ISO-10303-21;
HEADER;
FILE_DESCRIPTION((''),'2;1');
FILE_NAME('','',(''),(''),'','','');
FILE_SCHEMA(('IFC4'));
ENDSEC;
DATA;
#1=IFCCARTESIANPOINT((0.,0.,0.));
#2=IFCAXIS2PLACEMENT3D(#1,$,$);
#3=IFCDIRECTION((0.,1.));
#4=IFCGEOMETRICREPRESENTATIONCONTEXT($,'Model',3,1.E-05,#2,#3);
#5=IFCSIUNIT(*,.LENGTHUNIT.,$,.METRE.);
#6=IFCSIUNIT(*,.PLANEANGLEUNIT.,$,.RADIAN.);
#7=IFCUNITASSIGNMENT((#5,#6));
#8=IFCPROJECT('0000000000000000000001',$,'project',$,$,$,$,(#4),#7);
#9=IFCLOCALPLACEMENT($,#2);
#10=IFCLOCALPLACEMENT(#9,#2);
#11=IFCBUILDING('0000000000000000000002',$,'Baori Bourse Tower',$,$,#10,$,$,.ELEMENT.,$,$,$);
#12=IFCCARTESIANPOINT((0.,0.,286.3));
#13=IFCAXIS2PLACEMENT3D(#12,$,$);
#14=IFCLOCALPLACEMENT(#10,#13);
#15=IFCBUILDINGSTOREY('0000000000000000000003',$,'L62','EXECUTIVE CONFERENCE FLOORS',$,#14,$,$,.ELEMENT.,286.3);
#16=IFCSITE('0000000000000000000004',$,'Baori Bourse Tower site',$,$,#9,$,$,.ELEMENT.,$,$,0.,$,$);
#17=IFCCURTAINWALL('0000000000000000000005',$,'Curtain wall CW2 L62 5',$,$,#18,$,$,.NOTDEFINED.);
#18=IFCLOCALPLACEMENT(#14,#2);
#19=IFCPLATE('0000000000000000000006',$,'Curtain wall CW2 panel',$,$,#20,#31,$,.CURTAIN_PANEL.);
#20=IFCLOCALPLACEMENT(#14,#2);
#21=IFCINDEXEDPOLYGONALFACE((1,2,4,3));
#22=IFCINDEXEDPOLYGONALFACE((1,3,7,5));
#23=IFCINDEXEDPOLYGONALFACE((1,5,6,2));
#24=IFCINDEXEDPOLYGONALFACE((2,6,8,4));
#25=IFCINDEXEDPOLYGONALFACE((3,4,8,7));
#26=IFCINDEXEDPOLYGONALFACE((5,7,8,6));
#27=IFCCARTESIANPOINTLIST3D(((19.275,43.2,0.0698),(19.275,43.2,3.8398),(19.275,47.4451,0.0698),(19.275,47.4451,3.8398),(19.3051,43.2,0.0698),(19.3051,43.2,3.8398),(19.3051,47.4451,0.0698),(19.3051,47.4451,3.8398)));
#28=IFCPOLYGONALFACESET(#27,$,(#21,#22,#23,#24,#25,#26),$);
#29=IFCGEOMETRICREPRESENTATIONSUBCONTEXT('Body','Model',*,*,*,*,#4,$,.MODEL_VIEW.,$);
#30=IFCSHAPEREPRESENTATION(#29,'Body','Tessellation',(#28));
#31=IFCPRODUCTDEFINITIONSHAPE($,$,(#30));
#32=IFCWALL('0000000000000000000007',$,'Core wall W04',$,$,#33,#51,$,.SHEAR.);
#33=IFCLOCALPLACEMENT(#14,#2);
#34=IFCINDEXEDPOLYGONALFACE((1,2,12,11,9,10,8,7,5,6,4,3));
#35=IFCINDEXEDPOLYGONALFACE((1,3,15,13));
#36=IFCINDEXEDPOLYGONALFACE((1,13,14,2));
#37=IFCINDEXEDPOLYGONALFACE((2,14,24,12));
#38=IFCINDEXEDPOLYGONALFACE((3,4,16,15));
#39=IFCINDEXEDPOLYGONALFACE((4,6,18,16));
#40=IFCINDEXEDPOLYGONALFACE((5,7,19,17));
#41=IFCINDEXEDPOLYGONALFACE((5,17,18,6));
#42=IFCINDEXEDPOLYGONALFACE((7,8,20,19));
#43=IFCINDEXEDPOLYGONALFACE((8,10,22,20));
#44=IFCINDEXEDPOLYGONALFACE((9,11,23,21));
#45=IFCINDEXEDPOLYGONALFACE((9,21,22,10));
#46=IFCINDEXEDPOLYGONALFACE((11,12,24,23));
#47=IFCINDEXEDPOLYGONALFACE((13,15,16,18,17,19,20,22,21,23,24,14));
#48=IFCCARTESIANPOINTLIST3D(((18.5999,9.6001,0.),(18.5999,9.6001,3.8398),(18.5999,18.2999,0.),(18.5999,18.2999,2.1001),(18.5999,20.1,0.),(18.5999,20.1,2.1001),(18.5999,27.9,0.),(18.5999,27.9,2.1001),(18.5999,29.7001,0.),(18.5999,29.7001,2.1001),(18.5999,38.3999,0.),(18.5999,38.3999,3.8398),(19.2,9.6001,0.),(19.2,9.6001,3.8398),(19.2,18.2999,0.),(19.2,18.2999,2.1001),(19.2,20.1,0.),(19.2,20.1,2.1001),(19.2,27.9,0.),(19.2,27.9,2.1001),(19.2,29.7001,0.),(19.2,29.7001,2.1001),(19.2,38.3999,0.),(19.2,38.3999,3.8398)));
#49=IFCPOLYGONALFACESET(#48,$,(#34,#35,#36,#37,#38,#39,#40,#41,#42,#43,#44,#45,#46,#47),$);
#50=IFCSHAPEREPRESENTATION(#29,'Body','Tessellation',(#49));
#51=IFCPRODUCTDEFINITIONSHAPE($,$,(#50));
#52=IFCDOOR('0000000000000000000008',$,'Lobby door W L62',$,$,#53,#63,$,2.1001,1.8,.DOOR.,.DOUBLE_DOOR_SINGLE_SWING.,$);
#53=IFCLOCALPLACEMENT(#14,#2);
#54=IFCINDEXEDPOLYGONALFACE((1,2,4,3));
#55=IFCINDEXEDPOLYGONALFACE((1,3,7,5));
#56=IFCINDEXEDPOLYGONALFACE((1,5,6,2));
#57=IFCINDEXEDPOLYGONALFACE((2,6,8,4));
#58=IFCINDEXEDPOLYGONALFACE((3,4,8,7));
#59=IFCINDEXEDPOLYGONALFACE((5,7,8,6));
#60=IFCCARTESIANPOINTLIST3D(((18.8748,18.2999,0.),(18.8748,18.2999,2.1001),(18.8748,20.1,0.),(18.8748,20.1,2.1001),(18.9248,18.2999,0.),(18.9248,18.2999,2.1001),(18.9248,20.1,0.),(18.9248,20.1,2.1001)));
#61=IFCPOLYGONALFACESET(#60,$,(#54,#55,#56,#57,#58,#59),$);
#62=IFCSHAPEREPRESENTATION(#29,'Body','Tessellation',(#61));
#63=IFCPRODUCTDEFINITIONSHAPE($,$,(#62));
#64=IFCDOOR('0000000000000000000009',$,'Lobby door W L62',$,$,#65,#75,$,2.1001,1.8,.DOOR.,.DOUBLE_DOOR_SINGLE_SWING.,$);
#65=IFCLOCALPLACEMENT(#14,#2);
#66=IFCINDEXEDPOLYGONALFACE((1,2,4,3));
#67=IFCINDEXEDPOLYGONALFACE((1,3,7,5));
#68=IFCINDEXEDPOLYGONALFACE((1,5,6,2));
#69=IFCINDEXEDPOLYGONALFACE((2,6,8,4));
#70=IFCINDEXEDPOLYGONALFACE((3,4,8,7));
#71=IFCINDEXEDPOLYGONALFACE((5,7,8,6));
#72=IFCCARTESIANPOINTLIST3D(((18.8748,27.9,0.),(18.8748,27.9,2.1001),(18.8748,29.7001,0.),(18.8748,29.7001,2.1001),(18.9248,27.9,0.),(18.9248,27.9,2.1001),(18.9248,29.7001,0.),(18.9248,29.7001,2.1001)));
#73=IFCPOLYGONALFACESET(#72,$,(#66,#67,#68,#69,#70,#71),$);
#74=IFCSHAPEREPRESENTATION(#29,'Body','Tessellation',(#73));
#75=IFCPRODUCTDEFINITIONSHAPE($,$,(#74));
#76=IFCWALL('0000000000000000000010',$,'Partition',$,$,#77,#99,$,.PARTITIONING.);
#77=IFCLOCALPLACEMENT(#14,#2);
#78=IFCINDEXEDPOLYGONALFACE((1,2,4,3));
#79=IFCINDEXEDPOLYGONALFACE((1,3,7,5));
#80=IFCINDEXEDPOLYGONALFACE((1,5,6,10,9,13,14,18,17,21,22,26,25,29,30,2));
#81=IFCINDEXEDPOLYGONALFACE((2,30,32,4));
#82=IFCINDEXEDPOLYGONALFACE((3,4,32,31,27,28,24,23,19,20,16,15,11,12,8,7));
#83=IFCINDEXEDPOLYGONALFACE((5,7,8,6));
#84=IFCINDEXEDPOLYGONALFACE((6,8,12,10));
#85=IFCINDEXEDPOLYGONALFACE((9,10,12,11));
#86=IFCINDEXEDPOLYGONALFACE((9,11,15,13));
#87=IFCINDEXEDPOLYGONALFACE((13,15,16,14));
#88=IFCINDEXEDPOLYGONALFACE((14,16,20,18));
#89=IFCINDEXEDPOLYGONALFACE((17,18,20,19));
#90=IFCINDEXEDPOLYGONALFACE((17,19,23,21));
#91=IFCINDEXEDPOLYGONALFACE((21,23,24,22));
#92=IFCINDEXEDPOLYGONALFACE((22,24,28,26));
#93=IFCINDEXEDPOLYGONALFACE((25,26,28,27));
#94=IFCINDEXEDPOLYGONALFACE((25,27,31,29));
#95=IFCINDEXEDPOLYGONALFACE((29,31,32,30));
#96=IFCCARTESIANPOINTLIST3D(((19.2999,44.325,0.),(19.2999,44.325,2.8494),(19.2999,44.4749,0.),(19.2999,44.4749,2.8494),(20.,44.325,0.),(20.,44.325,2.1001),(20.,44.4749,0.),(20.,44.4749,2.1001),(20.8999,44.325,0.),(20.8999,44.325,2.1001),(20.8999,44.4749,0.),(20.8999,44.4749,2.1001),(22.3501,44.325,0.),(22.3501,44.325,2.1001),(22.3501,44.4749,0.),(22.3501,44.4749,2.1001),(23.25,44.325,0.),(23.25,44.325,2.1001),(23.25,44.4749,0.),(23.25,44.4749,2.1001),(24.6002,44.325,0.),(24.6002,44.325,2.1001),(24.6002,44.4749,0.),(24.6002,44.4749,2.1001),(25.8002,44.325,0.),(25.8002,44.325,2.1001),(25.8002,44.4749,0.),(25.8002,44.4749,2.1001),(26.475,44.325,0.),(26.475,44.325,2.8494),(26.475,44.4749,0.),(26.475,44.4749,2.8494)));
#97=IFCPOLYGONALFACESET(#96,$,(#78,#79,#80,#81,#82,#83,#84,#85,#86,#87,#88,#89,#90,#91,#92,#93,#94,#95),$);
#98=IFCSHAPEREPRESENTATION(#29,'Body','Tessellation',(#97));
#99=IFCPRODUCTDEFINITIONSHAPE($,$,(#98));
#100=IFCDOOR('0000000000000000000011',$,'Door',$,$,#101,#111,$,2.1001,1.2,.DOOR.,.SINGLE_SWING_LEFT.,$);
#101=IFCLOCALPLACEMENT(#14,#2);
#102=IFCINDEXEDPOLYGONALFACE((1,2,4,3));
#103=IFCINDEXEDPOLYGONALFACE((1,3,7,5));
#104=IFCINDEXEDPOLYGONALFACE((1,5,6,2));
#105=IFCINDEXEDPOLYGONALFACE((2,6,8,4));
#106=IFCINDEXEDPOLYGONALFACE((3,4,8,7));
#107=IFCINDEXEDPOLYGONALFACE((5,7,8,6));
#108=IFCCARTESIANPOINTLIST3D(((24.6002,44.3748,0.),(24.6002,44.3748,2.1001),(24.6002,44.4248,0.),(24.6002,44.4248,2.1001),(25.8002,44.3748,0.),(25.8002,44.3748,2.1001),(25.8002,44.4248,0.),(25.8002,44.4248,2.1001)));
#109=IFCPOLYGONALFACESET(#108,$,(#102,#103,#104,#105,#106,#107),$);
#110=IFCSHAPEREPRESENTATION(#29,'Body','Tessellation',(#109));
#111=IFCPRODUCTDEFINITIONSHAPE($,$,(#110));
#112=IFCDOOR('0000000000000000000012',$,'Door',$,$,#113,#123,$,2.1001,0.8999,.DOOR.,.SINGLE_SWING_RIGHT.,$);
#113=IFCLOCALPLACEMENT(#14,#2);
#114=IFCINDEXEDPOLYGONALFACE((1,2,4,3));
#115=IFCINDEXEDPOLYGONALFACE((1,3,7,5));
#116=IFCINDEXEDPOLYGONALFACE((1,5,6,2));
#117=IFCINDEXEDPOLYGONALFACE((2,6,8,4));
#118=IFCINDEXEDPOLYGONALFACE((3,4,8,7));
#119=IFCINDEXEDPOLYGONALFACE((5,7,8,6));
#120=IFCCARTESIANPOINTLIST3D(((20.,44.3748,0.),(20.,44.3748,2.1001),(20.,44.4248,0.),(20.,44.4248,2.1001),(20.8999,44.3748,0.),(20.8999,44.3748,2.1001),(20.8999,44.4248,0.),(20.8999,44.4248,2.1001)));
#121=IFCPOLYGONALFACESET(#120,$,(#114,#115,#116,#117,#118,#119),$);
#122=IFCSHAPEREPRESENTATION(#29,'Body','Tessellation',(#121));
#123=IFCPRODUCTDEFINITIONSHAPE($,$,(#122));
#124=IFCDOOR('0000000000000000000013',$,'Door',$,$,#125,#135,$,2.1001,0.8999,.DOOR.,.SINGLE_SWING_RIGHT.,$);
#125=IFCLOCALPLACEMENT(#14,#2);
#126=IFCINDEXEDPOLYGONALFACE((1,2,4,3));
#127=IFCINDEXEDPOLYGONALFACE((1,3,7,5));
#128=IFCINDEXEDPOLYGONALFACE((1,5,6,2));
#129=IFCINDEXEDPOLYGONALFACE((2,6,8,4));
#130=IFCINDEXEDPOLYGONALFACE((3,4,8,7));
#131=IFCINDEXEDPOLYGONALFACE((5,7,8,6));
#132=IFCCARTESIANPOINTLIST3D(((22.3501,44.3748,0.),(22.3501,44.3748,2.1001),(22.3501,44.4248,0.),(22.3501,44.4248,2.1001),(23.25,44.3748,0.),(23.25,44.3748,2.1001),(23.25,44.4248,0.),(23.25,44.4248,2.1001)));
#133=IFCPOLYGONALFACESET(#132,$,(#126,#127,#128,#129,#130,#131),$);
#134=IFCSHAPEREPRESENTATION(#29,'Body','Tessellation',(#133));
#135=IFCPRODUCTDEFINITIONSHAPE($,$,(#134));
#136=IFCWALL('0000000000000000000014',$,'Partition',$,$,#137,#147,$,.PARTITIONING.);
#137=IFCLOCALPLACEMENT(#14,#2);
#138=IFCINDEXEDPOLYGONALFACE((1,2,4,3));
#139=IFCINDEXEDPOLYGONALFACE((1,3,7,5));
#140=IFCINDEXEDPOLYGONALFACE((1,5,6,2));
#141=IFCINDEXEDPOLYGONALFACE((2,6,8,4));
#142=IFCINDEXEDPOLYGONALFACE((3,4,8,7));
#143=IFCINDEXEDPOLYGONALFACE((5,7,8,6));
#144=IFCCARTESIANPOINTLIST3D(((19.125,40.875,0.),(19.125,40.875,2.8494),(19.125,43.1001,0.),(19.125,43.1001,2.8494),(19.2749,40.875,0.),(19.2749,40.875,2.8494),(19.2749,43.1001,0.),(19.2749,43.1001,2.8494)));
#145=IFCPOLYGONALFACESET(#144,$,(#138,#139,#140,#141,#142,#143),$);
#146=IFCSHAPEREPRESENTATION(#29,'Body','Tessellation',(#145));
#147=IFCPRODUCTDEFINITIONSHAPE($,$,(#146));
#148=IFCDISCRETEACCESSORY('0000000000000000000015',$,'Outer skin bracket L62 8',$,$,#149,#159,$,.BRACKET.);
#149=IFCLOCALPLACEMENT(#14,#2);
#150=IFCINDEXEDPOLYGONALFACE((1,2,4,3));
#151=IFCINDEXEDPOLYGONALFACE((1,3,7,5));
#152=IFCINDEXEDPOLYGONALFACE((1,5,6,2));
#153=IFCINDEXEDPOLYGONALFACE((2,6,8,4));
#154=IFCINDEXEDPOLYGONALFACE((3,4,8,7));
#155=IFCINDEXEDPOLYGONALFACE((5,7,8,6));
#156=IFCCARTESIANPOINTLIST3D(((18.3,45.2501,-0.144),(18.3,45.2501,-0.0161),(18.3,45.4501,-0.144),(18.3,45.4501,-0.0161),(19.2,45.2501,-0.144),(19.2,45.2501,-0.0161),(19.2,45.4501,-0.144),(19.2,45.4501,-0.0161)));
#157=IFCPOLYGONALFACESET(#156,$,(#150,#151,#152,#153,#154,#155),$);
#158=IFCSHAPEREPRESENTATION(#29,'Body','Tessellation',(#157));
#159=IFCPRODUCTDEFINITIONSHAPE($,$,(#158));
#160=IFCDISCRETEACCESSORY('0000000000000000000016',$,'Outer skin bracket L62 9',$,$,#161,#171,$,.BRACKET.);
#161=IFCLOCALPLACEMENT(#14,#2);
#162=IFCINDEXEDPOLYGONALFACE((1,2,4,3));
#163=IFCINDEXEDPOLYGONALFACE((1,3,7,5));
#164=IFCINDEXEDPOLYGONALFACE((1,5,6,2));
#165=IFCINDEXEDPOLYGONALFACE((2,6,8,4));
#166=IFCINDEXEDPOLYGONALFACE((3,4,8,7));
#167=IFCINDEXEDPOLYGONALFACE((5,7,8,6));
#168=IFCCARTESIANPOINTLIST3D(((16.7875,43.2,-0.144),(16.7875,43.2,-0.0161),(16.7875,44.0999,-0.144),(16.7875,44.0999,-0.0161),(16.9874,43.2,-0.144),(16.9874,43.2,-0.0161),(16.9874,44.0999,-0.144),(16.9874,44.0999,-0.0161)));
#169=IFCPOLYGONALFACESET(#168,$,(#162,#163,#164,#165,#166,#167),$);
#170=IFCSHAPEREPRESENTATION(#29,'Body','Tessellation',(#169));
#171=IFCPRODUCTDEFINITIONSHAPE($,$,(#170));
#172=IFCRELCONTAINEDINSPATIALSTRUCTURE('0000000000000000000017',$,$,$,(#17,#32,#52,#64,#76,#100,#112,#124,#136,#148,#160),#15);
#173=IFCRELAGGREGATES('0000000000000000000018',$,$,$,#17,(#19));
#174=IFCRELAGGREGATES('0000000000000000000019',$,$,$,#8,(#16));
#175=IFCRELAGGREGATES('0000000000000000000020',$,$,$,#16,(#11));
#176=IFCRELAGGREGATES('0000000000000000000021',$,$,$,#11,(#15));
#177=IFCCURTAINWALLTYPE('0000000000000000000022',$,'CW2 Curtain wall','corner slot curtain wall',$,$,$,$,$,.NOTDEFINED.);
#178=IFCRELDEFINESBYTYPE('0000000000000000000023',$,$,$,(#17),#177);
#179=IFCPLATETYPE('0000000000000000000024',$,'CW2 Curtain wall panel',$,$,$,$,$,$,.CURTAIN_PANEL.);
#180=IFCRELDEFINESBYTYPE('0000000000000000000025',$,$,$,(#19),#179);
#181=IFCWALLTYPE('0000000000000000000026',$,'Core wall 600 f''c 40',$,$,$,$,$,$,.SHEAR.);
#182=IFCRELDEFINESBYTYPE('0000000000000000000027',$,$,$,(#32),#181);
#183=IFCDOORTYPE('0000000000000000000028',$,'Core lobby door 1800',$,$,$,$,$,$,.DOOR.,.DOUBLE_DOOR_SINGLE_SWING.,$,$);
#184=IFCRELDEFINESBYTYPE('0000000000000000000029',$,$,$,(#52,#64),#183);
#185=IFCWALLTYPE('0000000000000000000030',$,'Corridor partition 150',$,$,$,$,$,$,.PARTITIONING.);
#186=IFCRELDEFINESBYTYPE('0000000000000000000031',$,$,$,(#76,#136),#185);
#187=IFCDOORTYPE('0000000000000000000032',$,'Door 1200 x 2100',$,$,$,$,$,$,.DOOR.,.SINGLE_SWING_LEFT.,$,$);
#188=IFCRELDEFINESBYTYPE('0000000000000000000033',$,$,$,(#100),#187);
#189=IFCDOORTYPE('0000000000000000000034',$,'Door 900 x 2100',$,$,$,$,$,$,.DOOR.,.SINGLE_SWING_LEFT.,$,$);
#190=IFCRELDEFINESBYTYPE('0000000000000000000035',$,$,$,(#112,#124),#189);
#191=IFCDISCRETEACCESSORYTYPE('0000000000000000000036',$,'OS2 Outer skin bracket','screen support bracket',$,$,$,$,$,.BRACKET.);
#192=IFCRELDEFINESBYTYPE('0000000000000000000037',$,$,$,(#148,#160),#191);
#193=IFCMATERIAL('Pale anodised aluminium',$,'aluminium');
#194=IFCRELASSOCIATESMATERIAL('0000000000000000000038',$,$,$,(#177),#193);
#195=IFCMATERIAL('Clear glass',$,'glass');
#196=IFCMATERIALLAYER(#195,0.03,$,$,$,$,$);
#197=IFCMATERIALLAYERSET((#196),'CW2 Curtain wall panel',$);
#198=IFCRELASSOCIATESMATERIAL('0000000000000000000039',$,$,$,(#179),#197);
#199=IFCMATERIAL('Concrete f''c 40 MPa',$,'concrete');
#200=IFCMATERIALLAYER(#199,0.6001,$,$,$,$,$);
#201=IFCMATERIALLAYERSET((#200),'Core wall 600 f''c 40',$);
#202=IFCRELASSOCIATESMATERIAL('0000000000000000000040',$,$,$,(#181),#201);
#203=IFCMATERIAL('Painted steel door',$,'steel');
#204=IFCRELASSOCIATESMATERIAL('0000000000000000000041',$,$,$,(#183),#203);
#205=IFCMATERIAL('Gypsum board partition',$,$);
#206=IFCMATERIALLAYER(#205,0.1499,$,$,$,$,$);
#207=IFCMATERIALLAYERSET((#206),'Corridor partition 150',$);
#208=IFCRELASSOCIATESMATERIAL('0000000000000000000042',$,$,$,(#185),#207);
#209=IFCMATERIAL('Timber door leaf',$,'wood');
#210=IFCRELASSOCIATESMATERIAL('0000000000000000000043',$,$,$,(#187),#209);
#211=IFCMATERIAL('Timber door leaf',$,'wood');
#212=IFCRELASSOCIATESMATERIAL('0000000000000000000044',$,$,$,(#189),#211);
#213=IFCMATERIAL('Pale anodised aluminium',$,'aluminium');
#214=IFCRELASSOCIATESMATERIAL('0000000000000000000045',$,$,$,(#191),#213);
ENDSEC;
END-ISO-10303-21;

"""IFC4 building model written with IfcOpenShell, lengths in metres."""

from ifc_helpers import new_model, si_unit, direction, frame, frame_2d, origin, origin_2d, place, context, subcontext, project, spatial, rectangle, extrude, material, layer, layer_set, type_object, element, fill, aggregate, save


model = new_model("IFC4")

# Units and contexts
model_context = context("Model", 3, precision=1e-05, world=origin(), true_north=direction((0.0, 1.0)))
body_context = subcontext(model_context, "Body", "Model", "MODEL_VIEW")
ifc_project = project(units=[si_unit("LENGTHUNIT", "METRE"), si_unit("PLANEANGLEUNIT", "RADIAN")], contexts=[model_context])

# Site, building, storey
site_placement = place(None, origin())
site = spatial("IfcSite", under=ifc_project, at=site_placement, Name="Baori Bourse Tower site", CompositionType="ELEMENT", RefElevation=0.0)
building_placement = place(site_placement, origin())
building = spatial("IfcBuilding", under=site, at=building_placement, Name="Baori Bourse Tower", CompositionType="ELEMENT")
storey_placement = place(building_placement, frame((0.0, 0.0, 286.3)))
storey = spatial("IfcBuildingStorey", under=building, at=storey_placement, Name="L62", Description="EXECUTIVE CONFERENCE FLOORS", CompositionType="ELEMENT", Elevation=286.3)

# Curtain wall
ifc_material_1 = material(Name="Pale anodised aluminium", Category="aluminium")
curtain_wall_type = type_object("IfcCurtainWallType", Name="CW2 Curtain wall", Description="corner slot curtain wall", PredefinedType="NOTDEFINED", material=ifc_material_1)
curtain_wall_1_placement = place(storey_placement, origin())
curtain_wall_1 = element("IfcCurtainWall", 1, at=curtain_wall_1_placement, inside=storey, type_object=curtain_wall_type, Name="Curtain wall CW2 L62 5", PredefinedType="NOTDEFINED")

# Plate
ifc_material_2 = material(Name="Clear glass", Category="glass")
ifc_layer_1 = layer(ifc_material_2, 0.03)
ifc_layer_set_1 = layer_set([ifc_layer_1], Name="CW2 Curtain wall panel")
plate_type = type_object("IfcPlateType", Name="CW2 Curtain wall panel", PredefinedType="CURTAIN_PANEL", material=ifc_layer_set_1)
plate_placement = place(storey_placement, frame((19.29, 45.3225, 0.0698), z_axis=(0.0, 0.0, 1.0), x_axis=(0.0, -1.0, 0.0)))
plate = element("IfcPlate", 2, at=plate_placement, type_object=plate_type, Name="Curtain wall CW2 panel", PredefinedType="CURTAIN_PANEL", context=body_context, shape_type="SweptSolid", body=[
    extrude(rectangle(XDim=4.2451, YDim=0.03, at=origin_2d()), origin(), (0.0, 0.0, 1.0), 3.77),
])
aggregate(curtain_wall_1, [plate])

# Walls, openings, doors
ifc_material_3 = material(Name="Concrete f'c 40 MPa", Category="concrete")
ifc_layer_2 = layer(ifc_material_3, 0.6001)
ifc_layer_set_2 = layer_set([ifc_layer_2], Name="Core wall 600 f'c 40")
wall_type_1 = type_object("IfcWallType", Name="Core wall 600 f'c 40", PredefinedType="SHEAR", material=ifc_layer_set_2)
wall_1_placement = place(storey_placement, frame((18.8999, 38.3999, 0.0), z_axis=(0.0, 0.0, 1.0), x_axis=(0.0, -1.0, 0.0)))
wall_1 = element("IfcWall", 3, at=wall_1_placement, inside=storey, type_object=wall_type_1, Name="Core wall W04", PredefinedType="SHEAR", context=body_context, shape_type="SweptSolid", body=[
    extrude(rectangle(XDim=28.7998, YDim=0.6001, at=frame_2d((14.3999, 0.0))), origin(), (0.0, 0.0, 1.0), 3.8398),
])
opening_1_placement = place(wall_1_placement, frame((18.3, 0.0, 0.0)))
opening_1 = element("IfcOpeningElement", 4, at=opening_1_placement, cuts=wall_1, PredefinedType="OPENING", context=body_context, shape_type="SweptSolid", body=[
    extrude(rectangle(XDim=1.8, YDim=2.1001, at=frame_2d((0.8999, 1.05))), frame((0.0, 0.3101, 0.0), z_axis=(0.0, -1.0, 0.0), x_axis=(1.0, 0.0, 0.0)), (0.0, 0.0, 1.0), 0.6201),
])
opening_2_placement = place(wall_1_placement, frame((8.7, 0.0, 0.0)))
opening_2 = element("IfcOpeningElement", 5, at=opening_2_placement, cuts=wall_1, PredefinedType="OPENING", context=body_context, shape_type="SweptSolid", body=[
    extrude(rectangle(XDim=1.8, YDim=2.1001, at=frame_2d((0.8999, 1.05))), frame((0.0, 0.3101, 0.0), z_axis=(0.0, -1.0, 0.0), x_axis=(1.0, 0.0, 0.0)), (0.0, 0.0, 1.0), 0.6201),
])
ifc_material_4 = material(Name="Painted steel door", Category="steel")
door_type_1 = type_object("IfcDoorType", Name="Core lobby door 1800", OperationType="DOUBLE_DOOR_SINGLE_SWING", PredefinedType="DOOR", material=ifc_material_4)
door_1_placement = place(opening_1_placement, origin())
door_1 = element("IfcDoor", 6, at=door_1_placement, inside=storey, type_object=door_type_1, Name="Lobby door W L62", OperationType="DOUBLE_DOOR_SINGLE_SWING", OverallHeight=2.1001, OverallWidth=1.8, PredefinedType="DOOR", context=body_context, shape_type="SweptSolid", body=[
    extrude(rectangle(XDim=1.8, YDim=2.1001, at=frame_2d((0.8999, 1.05))), frame((0.0, 0.0249, 0.0), z_axis=(0.0, -1.0, 0.0), x_axis=(1.0, 0.0, 0.0)), (0.0, 0.0, 1.0), 0.05),
])
fill(opening_1, door_1)
door_2_placement = place(opening_2_placement, origin())
door_2 = element("IfcDoor", 7, at=door_2_placement, inside=storey, type_object=door_type_1, Name="Lobby door W L62", OperationType="DOUBLE_DOOR_SINGLE_SWING", OverallHeight=2.1001, OverallWidth=1.8, PredefinedType="DOOR", context=body_context, shape_type="SweptSolid", body=[
    extrude(rectangle(XDim=1.8, YDim=2.1001, at=frame_2d((0.8999, 1.05))), frame((0.0, 0.0249, 0.0), z_axis=(0.0, -1.0, 0.0), x_axis=(1.0, 0.0, 0.0)), (0.0, 0.0, 1.0), 0.05),
])
fill(opening_2, door_2)
ifc_material_5 = material(Name="Gypsum board partition")
ifc_layer_3 = layer(ifc_material_5, 0.1499)
ifc_layer_set_3 = layer_set([ifc_layer_3], Name="Corridor partition 150")
wall_type_2 = type_object("IfcWallType", Name="Corridor partition 150", PredefinedType="PARTITIONING", material=ifc_layer_set_3)
wall_2_placement = place(storey_placement, frame((19.3, 44.3999, 0.0), z_axis=(0.0, 0.0, 1.0), x_axis=(1.0, 0.0, 0.0)))
wall_2 = element("IfcWall", 8, at=wall_2_placement, inside=storey, type_object=wall_type_2, Name="Partition", PredefinedType="PARTITIONING", context=body_context, shape_type="SweptSolid", body=[
    extrude(rectangle(XDim=7.175, YDim=0.1499, at=frame_2d((3.5874, 0.0))), origin(), (0.0, 0.0, 1.0), 2.8494),
])
opening_3_placement = place(wall_2_placement, frame((0.7, 0.0, 0.0)))
opening_3 = element("IfcOpeningElement", 9, at=opening_3_placement, cuts=wall_2, PredefinedType="OPENING", context=body_context, shape_type="SweptSolid", body=[
    extrude(rectangle(XDim=0.8999, YDim=2.1001, at=frame_2d((0.45, 1.05))), frame((0.0, 0.085, 0.0), z_axis=(0.0, -1.0, 0.0), x_axis=(1.0, 0.0, 0.0)), (0.0, 0.0, 1.0), 0.1699),
])
opening_4_placement = place(wall_2_placement, frame((3.05, 0.0, 0.0)))
opening_4 = element("IfcOpeningElement", 10, at=opening_4_placement, cuts=wall_2, PredefinedType="OPENING", context=body_context, shape_type="SweptSolid", body=[
    extrude(rectangle(XDim=0.8999, YDim=2.1001, at=frame_2d((0.45, 1.05))), frame((0.0, 0.085, 0.0), z_axis=(0.0, -1.0, 0.0), x_axis=(1.0, 0.0, 0.0)), (0.0, 0.0, 1.0), 0.1699),
])
opening_5_placement = place(wall_2_placement, frame((5.3, 0.0, 0.0)))
opening_5 = element("IfcOpeningElement", 11, at=opening_5_placement, cuts=wall_2, PredefinedType="OPENING", context=body_context, shape_type="SweptSolid", body=[
    extrude(rectangle(XDim=1.2, YDim=2.1001, at=frame_2d((0.6001, 1.05))), frame((0.0, 0.085, 0.0), z_axis=(0.0, -1.0, 0.0), x_axis=(1.0, 0.0, 0.0)), (0.0, 0.0, 1.0), 0.1699),
])
ifc_material_6 = material(Name="Timber door leaf", Category="wood")
door_type_2 = type_object("IfcDoorType", Name="Door 1200 x 2100", OperationType="SINGLE_SWING_LEFT", PredefinedType="DOOR", material=ifc_material_6)
door_3_placement = place(opening_5_placement, origin())
door_3 = element("IfcDoor", 12, at=door_3_placement, inside=storey, type_object=door_type_2, Name="Door", OperationType="SINGLE_SWING_LEFT", OverallHeight=2.1001, OverallWidth=1.2, PredefinedType="DOOR", context=body_context, shape_type="SweptSolid", body=[
    extrude(rectangle(XDim=1.2, YDim=2.1001, at=frame_2d((0.6001, 1.05))), frame((0.0, 0.0249, 0.0), z_axis=(0.0, -1.0, 0.0), x_axis=(1.0, 0.0, 0.0)), (0.0, 0.0, 1.0), 0.05),
])
fill(opening_5, door_3)
ifc_material_7 = material(Name="Timber door leaf", Category="wood")
door_type_3 = type_object("IfcDoorType", Name="Door 900 x 2100", OperationType="SINGLE_SWING_LEFT", PredefinedType="DOOR", material=ifc_material_7)
door_4_placement = place(opening_3_placement, origin())
door_4 = element("IfcDoor", 13, at=door_4_placement, inside=storey, type_object=door_type_3, Name="Door", OperationType="SINGLE_SWING_RIGHT", OverallHeight=2.1001, OverallWidth=0.8999, PredefinedType="DOOR", context=body_context, shape_type="SweptSolid", body=[
    extrude(rectangle(XDim=0.8999, YDim=2.1001, at=frame_2d((0.45, 1.05))), frame((0.0, 0.0249, 0.0), z_axis=(0.0, -1.0, 0.0), x_axis=(1.0, 0.0, 0.0)), (0.0, 0.0, 1.0), 0.05),
])
fill(opening_3, door_4)
door_5_placement = place(opening_4_placement, origin())
door_5 = element("IfcDoor", 14, at=door_5_placement, inside=storey, type_object=door_type_3, Name="Door", OperationType="SINGLE_SWING_RIGHT", OverallHeight=2.1001, OverallWidth=0.8999, PredefinedType="DOOR", context=body_context, shape_type="SweptSolid", body=[
    extrude(rectangle(XDim=0.8999, YDim=2.1001, at=frame_2d((0.45, 1.05))), frame((0.0, 0.0249, 0.0), z_axis=(0.0, -1.0, 0.0), x_axis=(1.0, 0.0, 0.0)), (0.0, 0.0, 1.0), 0.05),
])
fill(opening_4, door_5)

# Wall
wall_3_placement = place(storey_placement, frame((19.2, 40.875, 0.0), z_axis=(0.0, 0.0, 1.0), x_axis=(0.0, 1.0, 0.0)))
element("IfcWall", 15, at=wall_3_placement, inside=storey, type_object=wall_type_2, Name="Partition", PredefinedType="PARTITIONING", context=body_context, shape_type="SweptSolid", body=[
    extrude(rectangle(XDim=2.2251, YDim=0.1499, at=frame_2d((1.1125, 0.0))), origin(), (0.0, 0.0, 1.0), 2.8494),
])

# Discrete accessories
ifc_material_8 = material(Name="Pale anodised aluminium", Category="aluminium")
discrete_accessory_type = type_object("IfcDiscreteAccessoryType", Name="OS2 Outer skin bracket", Description="screen support bracket", PredefinedType="BRACKET", material=ifc_material_8)
for number, where, z_axis, x_axis, name in (
    (16, (18.75, 45.3501, -0.144), (0.0, 0.0, 1.0), (0.0, -1.0, 0.0), "Outer skin bracket L62 8"),
    (17, (16.8875, 43.6499, -0.144), (0.0, 0.0, 1.0), (-1.0, 0.0, 0.0), "Outer skin bracket L62 9"),
):
    element("IfcDiscreteAccessory", number, at=place(storey_placement, frame(where, z_axis=z_axis, x_axis=x_axis)), inside=storey, type_object=discrete_accessory_type, Name=name, PredefinedType="BRACKET", context=body_context, shape_type="SweptSolid", body=[
        extrude(rectangle(XDim=0.2, YDim=0.8999, at=origin_2d()), origin(), (0.0, 0.0, 1.0), 0.1279),
    ])

save(model, "model.ifc")
